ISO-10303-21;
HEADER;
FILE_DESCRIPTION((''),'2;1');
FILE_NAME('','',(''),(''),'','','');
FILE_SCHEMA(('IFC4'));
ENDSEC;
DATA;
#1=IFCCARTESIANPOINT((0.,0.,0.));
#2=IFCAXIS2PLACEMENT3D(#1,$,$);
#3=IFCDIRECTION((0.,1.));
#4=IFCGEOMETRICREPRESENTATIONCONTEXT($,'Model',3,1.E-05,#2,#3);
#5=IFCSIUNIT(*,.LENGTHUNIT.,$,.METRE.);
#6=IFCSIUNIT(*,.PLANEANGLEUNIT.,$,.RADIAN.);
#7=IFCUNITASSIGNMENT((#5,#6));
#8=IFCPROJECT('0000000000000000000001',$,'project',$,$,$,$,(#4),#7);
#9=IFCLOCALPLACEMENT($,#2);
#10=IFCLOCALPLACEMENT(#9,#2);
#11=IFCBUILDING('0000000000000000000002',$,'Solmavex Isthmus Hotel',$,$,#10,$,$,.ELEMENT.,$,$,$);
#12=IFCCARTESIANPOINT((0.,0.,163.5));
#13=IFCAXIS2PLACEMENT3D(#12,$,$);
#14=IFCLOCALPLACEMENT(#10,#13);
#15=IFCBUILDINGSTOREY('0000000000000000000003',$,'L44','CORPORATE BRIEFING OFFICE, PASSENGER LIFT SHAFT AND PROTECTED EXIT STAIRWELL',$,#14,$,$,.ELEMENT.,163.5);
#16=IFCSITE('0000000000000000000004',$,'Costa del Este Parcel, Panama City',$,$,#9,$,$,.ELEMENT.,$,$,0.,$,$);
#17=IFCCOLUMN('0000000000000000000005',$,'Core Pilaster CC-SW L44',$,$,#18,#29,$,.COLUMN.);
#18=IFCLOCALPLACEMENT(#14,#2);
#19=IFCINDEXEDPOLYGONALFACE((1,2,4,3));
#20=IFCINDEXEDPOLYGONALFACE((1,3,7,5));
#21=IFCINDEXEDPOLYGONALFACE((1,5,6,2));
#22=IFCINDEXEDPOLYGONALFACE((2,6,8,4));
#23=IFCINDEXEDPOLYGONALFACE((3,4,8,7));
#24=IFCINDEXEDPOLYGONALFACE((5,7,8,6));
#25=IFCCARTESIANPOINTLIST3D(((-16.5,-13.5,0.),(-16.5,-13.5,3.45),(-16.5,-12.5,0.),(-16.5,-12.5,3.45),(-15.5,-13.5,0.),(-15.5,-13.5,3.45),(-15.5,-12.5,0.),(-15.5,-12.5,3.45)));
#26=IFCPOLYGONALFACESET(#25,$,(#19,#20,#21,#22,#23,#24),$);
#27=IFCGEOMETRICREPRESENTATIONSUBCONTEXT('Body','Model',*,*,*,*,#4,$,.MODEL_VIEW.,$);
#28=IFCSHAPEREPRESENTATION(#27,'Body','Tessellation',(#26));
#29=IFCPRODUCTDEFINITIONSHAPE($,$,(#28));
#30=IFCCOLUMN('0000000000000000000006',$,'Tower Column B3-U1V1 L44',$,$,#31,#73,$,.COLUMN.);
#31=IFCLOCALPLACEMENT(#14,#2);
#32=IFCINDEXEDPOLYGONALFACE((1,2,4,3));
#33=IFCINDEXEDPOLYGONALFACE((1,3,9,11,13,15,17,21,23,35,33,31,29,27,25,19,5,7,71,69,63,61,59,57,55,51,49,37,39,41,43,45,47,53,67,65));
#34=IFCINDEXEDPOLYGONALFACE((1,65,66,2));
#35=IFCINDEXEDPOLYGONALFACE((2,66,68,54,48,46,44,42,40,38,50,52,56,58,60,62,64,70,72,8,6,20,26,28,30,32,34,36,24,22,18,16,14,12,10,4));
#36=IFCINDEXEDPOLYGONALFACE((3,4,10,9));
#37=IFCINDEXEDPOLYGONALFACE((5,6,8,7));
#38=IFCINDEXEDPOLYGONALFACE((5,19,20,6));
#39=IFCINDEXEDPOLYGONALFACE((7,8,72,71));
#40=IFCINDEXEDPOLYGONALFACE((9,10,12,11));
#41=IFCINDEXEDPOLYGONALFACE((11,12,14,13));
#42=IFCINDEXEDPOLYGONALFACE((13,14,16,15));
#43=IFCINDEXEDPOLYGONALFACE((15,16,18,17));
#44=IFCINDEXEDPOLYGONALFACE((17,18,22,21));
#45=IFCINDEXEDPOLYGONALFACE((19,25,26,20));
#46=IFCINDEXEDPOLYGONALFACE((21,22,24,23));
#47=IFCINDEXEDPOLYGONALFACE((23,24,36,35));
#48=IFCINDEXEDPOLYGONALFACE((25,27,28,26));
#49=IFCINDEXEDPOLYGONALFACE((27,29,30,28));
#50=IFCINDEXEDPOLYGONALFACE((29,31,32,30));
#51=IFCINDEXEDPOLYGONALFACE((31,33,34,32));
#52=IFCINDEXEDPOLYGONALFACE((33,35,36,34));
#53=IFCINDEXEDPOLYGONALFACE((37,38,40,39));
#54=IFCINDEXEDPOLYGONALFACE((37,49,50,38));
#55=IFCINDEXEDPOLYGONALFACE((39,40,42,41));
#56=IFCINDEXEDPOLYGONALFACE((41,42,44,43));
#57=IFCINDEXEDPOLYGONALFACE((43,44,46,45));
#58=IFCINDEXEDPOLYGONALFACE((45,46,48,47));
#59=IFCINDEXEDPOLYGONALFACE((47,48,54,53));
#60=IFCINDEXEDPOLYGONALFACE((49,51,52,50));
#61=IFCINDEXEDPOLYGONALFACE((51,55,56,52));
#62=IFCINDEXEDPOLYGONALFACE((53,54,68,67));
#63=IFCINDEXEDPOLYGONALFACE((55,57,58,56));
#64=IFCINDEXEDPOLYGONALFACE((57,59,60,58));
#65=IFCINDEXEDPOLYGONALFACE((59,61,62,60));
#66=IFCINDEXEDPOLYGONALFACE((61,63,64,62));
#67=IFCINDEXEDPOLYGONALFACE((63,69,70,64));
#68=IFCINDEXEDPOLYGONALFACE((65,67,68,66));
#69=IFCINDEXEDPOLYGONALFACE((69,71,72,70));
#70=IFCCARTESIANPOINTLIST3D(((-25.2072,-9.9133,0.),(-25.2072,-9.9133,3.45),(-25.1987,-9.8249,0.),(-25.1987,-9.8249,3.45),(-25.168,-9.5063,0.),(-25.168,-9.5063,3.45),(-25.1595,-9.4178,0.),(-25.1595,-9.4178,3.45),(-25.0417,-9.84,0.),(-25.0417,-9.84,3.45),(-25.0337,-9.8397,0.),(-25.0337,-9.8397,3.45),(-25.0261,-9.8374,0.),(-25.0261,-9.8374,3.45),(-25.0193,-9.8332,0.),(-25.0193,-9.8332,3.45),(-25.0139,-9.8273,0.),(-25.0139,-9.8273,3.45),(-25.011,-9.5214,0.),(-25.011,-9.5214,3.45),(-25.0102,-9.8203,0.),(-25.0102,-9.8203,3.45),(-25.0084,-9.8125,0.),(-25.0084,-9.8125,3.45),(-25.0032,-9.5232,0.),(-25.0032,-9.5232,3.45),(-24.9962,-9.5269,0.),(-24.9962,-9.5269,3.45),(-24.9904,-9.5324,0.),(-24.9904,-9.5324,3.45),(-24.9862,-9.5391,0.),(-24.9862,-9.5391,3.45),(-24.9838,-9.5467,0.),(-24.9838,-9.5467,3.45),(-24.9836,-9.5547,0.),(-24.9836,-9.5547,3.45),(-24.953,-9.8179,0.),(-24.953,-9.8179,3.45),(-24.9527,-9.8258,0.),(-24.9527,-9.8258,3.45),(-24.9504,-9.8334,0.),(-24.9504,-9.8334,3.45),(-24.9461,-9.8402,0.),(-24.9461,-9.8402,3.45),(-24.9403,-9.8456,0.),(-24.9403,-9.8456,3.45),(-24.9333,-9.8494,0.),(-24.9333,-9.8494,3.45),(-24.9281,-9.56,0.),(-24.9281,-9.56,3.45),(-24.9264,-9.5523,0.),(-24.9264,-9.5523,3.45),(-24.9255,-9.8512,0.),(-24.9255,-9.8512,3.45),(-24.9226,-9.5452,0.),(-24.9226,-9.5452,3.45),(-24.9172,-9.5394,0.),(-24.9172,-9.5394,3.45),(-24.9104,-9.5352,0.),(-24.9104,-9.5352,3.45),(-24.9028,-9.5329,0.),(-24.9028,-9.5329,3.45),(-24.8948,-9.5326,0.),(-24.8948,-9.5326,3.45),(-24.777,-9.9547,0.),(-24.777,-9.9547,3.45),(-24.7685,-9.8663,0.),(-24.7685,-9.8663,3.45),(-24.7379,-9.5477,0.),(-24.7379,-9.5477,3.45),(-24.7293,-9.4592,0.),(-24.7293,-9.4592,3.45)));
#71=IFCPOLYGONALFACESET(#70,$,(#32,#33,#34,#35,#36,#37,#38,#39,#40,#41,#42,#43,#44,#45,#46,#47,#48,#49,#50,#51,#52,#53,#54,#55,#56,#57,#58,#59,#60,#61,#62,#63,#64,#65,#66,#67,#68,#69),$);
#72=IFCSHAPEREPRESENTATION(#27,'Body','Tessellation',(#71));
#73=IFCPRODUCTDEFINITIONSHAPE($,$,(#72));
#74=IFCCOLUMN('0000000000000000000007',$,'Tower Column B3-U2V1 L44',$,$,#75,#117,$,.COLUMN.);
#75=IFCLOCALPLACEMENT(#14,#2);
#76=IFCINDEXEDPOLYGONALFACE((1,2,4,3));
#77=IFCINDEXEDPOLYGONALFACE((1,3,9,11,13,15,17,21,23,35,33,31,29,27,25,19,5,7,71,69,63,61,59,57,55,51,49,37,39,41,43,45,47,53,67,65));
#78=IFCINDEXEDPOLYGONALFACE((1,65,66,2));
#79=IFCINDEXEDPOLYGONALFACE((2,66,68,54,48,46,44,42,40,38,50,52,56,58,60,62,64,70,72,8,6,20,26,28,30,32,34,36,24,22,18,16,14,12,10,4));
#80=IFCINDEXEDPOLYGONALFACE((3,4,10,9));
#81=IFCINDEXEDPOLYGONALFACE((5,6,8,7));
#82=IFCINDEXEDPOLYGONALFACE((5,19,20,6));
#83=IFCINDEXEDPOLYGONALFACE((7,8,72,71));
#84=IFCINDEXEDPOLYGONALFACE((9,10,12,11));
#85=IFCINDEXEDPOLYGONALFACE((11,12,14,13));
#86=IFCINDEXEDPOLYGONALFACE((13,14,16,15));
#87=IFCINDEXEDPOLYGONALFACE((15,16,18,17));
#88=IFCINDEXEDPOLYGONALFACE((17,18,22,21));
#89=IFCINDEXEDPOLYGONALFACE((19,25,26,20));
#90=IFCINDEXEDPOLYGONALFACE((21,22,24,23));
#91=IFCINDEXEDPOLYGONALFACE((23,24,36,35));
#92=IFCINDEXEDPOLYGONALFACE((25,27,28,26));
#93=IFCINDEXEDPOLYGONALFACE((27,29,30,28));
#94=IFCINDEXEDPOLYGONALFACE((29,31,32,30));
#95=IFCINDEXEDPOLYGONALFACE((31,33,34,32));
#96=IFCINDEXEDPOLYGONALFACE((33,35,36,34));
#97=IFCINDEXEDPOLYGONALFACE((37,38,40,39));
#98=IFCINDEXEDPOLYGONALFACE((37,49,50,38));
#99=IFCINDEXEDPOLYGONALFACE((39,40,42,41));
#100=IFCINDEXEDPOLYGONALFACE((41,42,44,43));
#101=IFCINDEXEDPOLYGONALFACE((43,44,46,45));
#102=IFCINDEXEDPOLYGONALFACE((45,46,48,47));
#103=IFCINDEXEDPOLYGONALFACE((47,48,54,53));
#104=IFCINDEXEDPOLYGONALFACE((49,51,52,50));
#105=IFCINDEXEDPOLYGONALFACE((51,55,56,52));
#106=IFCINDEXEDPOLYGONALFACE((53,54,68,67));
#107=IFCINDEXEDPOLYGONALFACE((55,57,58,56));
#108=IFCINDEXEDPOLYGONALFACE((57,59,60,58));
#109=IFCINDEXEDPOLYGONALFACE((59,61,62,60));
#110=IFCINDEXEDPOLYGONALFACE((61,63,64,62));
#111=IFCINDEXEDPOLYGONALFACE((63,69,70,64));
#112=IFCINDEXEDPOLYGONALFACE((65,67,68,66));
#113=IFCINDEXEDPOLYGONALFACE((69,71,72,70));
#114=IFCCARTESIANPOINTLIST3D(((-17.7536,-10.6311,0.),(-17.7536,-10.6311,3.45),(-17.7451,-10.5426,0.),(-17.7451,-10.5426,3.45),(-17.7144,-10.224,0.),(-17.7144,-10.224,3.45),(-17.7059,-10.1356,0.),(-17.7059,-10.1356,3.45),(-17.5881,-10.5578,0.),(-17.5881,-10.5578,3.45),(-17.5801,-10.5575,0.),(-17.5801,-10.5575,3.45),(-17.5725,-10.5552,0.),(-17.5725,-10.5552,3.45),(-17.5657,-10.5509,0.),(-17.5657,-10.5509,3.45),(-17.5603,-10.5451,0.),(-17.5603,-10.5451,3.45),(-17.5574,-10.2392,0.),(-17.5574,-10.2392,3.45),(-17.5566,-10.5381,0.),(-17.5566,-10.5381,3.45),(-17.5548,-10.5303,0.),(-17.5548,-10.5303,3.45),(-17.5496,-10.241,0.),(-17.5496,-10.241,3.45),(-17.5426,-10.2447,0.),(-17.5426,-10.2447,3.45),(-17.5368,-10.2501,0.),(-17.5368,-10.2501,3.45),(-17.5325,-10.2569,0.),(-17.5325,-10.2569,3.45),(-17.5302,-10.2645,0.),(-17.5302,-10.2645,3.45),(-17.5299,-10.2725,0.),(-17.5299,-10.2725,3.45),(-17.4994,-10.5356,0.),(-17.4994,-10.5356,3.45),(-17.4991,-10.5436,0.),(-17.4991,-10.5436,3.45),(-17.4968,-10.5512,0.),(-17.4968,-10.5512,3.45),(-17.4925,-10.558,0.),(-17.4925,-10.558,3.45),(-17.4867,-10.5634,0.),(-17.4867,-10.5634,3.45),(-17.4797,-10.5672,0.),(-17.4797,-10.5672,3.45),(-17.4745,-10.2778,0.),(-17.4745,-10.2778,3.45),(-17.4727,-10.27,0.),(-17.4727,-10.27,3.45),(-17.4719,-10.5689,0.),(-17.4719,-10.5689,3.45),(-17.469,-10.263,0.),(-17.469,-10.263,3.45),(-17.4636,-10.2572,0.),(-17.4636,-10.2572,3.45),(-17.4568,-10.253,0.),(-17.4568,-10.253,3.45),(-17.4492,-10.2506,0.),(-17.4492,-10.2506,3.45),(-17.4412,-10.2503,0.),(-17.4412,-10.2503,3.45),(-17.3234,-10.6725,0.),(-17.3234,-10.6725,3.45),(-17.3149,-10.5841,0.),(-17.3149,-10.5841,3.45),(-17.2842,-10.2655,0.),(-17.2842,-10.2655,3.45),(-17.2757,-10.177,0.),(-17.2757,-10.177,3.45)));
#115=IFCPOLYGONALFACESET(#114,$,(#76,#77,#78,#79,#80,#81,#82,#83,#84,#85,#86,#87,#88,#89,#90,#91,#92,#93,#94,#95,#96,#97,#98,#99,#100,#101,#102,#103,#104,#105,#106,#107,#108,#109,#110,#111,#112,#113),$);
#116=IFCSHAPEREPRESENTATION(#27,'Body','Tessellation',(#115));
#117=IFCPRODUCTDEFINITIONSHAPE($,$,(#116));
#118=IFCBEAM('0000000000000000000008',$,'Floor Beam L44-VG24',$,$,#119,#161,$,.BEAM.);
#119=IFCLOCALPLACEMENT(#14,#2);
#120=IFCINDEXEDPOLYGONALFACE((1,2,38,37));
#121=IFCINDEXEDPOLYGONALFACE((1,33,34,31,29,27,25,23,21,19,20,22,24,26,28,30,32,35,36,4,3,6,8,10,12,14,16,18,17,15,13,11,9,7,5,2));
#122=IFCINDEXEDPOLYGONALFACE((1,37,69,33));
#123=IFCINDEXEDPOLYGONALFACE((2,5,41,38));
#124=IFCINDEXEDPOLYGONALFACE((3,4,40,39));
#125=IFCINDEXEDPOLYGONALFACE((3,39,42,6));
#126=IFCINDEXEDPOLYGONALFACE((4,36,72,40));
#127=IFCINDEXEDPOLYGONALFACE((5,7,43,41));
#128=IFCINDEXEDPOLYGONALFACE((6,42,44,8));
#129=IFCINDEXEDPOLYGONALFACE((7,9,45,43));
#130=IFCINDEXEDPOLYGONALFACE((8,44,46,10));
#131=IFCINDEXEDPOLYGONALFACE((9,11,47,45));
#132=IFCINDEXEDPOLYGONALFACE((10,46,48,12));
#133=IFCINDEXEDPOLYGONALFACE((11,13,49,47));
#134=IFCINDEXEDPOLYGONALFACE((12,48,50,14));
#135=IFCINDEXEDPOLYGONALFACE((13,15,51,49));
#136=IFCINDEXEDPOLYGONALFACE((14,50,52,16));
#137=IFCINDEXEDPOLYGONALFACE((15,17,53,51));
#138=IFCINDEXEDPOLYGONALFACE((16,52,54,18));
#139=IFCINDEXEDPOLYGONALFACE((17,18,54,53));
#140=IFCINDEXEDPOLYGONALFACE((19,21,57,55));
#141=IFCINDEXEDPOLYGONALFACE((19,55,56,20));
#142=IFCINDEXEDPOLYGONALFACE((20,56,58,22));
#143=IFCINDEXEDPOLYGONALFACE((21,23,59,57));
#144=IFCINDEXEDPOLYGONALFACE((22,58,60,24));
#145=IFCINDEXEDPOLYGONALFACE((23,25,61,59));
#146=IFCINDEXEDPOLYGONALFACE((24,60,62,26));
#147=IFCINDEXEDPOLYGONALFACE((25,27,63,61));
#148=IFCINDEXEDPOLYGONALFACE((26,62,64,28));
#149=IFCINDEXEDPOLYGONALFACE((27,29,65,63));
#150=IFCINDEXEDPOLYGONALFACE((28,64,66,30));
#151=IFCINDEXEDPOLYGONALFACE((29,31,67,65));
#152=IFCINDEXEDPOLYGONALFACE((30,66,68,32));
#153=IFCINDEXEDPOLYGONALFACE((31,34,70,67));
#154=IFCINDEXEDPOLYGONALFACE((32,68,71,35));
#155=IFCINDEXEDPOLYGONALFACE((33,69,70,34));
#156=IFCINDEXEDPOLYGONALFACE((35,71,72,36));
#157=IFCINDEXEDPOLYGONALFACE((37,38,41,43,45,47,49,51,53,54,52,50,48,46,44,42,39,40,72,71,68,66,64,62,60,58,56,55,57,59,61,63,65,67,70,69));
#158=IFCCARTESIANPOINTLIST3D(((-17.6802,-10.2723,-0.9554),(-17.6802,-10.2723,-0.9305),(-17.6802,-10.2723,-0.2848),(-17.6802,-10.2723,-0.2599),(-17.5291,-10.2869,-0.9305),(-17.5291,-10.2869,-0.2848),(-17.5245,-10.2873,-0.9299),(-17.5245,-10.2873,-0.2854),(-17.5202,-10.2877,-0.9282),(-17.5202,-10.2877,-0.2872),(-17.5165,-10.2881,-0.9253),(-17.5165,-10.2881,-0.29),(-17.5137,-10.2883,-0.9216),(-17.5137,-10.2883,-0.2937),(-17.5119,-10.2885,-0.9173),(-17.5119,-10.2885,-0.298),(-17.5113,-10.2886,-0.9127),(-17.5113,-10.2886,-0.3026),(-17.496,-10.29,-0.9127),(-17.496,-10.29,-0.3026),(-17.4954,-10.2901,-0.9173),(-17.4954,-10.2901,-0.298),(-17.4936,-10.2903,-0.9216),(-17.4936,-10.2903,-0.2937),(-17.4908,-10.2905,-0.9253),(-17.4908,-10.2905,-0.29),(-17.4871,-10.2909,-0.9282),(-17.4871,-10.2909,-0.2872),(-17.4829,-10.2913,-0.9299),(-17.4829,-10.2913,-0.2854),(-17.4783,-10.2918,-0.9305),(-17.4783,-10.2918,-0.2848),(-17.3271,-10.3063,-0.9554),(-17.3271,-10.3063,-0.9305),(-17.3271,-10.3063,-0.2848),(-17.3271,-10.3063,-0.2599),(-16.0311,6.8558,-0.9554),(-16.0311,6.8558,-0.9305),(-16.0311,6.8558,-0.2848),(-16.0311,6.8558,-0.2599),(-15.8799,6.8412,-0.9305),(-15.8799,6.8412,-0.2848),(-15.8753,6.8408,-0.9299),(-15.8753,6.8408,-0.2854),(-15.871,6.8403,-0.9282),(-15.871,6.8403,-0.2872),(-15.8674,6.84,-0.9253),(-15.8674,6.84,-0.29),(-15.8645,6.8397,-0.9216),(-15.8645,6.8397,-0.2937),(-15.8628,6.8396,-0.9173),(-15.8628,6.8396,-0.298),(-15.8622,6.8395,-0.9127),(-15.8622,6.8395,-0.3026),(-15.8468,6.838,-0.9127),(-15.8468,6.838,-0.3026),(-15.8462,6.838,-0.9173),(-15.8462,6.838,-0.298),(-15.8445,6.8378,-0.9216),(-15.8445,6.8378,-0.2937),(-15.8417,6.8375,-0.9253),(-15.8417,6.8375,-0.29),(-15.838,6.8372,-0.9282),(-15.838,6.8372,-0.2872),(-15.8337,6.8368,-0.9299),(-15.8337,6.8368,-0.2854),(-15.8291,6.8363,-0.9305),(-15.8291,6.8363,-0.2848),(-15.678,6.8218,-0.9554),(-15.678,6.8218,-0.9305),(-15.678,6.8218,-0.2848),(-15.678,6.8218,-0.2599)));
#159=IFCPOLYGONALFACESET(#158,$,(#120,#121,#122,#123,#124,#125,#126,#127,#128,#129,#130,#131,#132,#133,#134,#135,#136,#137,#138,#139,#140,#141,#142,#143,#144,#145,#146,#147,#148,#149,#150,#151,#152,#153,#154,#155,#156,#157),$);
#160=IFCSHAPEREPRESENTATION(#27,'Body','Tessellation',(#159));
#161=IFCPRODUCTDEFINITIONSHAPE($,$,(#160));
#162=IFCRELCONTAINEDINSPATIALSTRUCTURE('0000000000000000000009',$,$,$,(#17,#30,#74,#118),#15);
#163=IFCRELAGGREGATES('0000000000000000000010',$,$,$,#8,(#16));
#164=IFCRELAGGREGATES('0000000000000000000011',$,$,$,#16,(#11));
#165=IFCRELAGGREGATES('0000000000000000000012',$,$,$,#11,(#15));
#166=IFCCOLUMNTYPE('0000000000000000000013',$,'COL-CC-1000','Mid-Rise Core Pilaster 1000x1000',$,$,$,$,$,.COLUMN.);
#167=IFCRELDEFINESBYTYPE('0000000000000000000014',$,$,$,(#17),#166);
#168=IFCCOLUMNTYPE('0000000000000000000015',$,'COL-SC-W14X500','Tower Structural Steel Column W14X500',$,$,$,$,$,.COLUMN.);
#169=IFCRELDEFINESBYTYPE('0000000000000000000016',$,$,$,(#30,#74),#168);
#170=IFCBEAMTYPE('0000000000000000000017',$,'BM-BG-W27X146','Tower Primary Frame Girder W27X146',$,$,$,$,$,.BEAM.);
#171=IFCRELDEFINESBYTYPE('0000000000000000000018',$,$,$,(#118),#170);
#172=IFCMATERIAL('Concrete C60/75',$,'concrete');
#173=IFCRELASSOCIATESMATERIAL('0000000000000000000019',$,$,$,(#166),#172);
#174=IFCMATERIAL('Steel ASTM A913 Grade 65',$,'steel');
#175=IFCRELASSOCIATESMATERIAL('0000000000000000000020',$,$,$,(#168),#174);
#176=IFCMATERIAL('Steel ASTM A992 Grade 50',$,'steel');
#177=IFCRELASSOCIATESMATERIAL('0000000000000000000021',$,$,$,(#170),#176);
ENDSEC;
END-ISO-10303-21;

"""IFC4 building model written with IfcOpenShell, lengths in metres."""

from ifc_helpers import new_model, si_unit, direction, frame, origin, origin_2d, place, context, subcontext, project, spatial, rectangle, i_section, extrude, material, material_profile, profile_set, type_object, element, save


model = new_model("IFC4")

# Units and contexts
model_context = context("Model", 3, precision=1e-05, world=origin(), true_north=direction((0.0, 1.0)))
body_context = subcontext(model_context, "Body", "Model", "MODEL_VIEW")
ifc_project = project(units=[si_unit("LENGTHUNIT", "METRE"), si_unit("PLANEANGLEUNIT", "RADIAN")], contexts=[model_context])

# Site, building, storey
site_placement = place(None, origin())
site = spatial("IfcSite", under=ifc_project, at=site_placement, Name="Costa del Este Parcel, Panama City", CompositionType="ELEMENT", RefElevation=0.0)
building_placement = place(site_placement, origin())
building = spatial("IfcBuilding", under=site, at=building_placement, Name="Solmavex Isthmus Hotel", CompositionType="ELEMENT")
storey_placement = place(building_placement, frame((0.0, 0.0, 163.5)))
storey = spatial("IfcBuildingStorey", under=building, at=storey_placement, Name="L44", Description="CORPORATE BRIEFING OFFICE, PASSENGER LIFT SHAFT AND PROTECTED EXIT STAIRWELL", CompositionType="ELEMENT", Elevation=163.5)

# Columns
ifc_material_1 = material(Name="Concrete C60/75", Category="concrete")
ifc_material_profile_1 = material_profile(ifc_material_1, rectangle(XDim=1.0, YDim=1.0, at=origin_2d()), Name="RC1000X1000")
ifc_profile_set_1 = profile_set([ifc_material_profile_1], Name="Concrete C60/75")
column_type_1 = type_object("IfcColumnType", Name="COL-CC-1000", Description="Mid-Rise Core Pilaster 1000x1000", PredefinedType="COLUMN", material=ifc_profile_set_1)
column_placement = place(storey_placement, frame((-16.0, -13.0, 0.0), z_axis=(0.0, 0.0, 1.0), x_axis=(1.0, 0.0, 0.0)))
element("IfcColumn", 1, at=column_placement, inside=storey, type_object=column_type_1, Name="Core Pilaster CC-SW L44", PredefinedType="COLUMN", context=body_context, shape_type="SweptSolid", body=[
    extrude(rectangle(XDim=1.0, YDim=1.0, at=origin_2d()), origin(), (0.0, 0.0, 1.0), 3.45),
])
ifc_material_2 = material(Name="Steel ASTM A913 Grade 65", Category="steel")
ifc_material_profile_2 = material_profile(ifc_material_2, i_section(OverallWidth=0.4321, OverallDepth=0.4978, WebThickness=0.0557, FlangeThickness=0.0889, FilletRadius=0.0305, at=origin_2d()), Name="W14X500")
ifc_profile_set_2 = profile_set([ifc_material_profile_2], Name="Steel ASTM A913 Grade 65")
column_type_2 = type_object("IfcColumnType", Name="COL-SC-W14X500", Description="Tower Structural Steel Column W14X500", PredefinedType="COLUMN", material=ifc_profile_set_2)
for number, where, z_axis, x_axis, name in (
    (2, (-24.9683, -9.6863, 0.0), (0.0, 0.0, 1.0), (0.995396, -0.095846, 0.0), "Tower Column B3-U1V1 L44"),
    (3, (-17.5146, -10.4041, 0.0), (0.0, 0.0, 1.0), (0.995396, -0.095846, 0.0), "Tower Column B3-U2V1 L44"),
):
    element("IfcColumn", number, at=place(storey_placement, frame(where, z_axis=z_axis, x_axis=x_axis)), inside=storey, type_object=column_type_2, Name=name, PredefinedType="COLUMN", context=body_context, shape_type="SweptSolid", body=[
        extrude(i_section(OverallWidth=0.4321, OverallDepth=0.4978, WebThickness=0.0557, FlangeThickness=0.0889, FilletRadius=0.0305, at=origin_2d()), origin(), (0.0, 0.0, 1.0), 3.45),
    ])

# Beam
ifc_material_3 = material(Name="Steel ASTM A992 Grade 50", Category="steel")
ifc_material_profile_3 = material_profile(ifc_material_3, i_section(OverallWidth=0.3547, OverallDepth=0.6956, WebThickness=0.0154, FlangeThickness=0.0249, FilletRadius=0.0178, at=origin_2d()), Name="W27X146")
ifc_profile_set_3 = profile_set([ifc_material_profile_3], Name="Steel ASTM A992 Grade 50")
beam_type_1 = type_object("IfcBeamType", Name="BM-BG-W27X146", Description="Tower Primary Frame Girder W27X146", PredefinedType="BEAM", material=ifc_profile_set_3)
beam_1_placement = place(storey_placement, frame((-17.5037, -10.2893, -0.6077), z_axis=(0.095841, 0.995397, 0.0), x_axis=(-0.995397, 0.095841, 0.0)))
element("IfcBeam", 4, at=beam_1_placement, inside=storey, type_object=beam_type_1, Name="Floor Beam L44-VG24", PredefinedType="BEAM", context=body_context, shape_type="SweptSolid", body=[
    extrude(i_section(OverallWidth=0.3547, OverallDepth=0.6956, WebThickness=0.0154, FlangeThickness=0.0249, FilletRadius=0.0178, at=origin_2d()), origin(), (0.0, 0.0, 1.0), 17.2073),
])

save(model, "model.ifc")
